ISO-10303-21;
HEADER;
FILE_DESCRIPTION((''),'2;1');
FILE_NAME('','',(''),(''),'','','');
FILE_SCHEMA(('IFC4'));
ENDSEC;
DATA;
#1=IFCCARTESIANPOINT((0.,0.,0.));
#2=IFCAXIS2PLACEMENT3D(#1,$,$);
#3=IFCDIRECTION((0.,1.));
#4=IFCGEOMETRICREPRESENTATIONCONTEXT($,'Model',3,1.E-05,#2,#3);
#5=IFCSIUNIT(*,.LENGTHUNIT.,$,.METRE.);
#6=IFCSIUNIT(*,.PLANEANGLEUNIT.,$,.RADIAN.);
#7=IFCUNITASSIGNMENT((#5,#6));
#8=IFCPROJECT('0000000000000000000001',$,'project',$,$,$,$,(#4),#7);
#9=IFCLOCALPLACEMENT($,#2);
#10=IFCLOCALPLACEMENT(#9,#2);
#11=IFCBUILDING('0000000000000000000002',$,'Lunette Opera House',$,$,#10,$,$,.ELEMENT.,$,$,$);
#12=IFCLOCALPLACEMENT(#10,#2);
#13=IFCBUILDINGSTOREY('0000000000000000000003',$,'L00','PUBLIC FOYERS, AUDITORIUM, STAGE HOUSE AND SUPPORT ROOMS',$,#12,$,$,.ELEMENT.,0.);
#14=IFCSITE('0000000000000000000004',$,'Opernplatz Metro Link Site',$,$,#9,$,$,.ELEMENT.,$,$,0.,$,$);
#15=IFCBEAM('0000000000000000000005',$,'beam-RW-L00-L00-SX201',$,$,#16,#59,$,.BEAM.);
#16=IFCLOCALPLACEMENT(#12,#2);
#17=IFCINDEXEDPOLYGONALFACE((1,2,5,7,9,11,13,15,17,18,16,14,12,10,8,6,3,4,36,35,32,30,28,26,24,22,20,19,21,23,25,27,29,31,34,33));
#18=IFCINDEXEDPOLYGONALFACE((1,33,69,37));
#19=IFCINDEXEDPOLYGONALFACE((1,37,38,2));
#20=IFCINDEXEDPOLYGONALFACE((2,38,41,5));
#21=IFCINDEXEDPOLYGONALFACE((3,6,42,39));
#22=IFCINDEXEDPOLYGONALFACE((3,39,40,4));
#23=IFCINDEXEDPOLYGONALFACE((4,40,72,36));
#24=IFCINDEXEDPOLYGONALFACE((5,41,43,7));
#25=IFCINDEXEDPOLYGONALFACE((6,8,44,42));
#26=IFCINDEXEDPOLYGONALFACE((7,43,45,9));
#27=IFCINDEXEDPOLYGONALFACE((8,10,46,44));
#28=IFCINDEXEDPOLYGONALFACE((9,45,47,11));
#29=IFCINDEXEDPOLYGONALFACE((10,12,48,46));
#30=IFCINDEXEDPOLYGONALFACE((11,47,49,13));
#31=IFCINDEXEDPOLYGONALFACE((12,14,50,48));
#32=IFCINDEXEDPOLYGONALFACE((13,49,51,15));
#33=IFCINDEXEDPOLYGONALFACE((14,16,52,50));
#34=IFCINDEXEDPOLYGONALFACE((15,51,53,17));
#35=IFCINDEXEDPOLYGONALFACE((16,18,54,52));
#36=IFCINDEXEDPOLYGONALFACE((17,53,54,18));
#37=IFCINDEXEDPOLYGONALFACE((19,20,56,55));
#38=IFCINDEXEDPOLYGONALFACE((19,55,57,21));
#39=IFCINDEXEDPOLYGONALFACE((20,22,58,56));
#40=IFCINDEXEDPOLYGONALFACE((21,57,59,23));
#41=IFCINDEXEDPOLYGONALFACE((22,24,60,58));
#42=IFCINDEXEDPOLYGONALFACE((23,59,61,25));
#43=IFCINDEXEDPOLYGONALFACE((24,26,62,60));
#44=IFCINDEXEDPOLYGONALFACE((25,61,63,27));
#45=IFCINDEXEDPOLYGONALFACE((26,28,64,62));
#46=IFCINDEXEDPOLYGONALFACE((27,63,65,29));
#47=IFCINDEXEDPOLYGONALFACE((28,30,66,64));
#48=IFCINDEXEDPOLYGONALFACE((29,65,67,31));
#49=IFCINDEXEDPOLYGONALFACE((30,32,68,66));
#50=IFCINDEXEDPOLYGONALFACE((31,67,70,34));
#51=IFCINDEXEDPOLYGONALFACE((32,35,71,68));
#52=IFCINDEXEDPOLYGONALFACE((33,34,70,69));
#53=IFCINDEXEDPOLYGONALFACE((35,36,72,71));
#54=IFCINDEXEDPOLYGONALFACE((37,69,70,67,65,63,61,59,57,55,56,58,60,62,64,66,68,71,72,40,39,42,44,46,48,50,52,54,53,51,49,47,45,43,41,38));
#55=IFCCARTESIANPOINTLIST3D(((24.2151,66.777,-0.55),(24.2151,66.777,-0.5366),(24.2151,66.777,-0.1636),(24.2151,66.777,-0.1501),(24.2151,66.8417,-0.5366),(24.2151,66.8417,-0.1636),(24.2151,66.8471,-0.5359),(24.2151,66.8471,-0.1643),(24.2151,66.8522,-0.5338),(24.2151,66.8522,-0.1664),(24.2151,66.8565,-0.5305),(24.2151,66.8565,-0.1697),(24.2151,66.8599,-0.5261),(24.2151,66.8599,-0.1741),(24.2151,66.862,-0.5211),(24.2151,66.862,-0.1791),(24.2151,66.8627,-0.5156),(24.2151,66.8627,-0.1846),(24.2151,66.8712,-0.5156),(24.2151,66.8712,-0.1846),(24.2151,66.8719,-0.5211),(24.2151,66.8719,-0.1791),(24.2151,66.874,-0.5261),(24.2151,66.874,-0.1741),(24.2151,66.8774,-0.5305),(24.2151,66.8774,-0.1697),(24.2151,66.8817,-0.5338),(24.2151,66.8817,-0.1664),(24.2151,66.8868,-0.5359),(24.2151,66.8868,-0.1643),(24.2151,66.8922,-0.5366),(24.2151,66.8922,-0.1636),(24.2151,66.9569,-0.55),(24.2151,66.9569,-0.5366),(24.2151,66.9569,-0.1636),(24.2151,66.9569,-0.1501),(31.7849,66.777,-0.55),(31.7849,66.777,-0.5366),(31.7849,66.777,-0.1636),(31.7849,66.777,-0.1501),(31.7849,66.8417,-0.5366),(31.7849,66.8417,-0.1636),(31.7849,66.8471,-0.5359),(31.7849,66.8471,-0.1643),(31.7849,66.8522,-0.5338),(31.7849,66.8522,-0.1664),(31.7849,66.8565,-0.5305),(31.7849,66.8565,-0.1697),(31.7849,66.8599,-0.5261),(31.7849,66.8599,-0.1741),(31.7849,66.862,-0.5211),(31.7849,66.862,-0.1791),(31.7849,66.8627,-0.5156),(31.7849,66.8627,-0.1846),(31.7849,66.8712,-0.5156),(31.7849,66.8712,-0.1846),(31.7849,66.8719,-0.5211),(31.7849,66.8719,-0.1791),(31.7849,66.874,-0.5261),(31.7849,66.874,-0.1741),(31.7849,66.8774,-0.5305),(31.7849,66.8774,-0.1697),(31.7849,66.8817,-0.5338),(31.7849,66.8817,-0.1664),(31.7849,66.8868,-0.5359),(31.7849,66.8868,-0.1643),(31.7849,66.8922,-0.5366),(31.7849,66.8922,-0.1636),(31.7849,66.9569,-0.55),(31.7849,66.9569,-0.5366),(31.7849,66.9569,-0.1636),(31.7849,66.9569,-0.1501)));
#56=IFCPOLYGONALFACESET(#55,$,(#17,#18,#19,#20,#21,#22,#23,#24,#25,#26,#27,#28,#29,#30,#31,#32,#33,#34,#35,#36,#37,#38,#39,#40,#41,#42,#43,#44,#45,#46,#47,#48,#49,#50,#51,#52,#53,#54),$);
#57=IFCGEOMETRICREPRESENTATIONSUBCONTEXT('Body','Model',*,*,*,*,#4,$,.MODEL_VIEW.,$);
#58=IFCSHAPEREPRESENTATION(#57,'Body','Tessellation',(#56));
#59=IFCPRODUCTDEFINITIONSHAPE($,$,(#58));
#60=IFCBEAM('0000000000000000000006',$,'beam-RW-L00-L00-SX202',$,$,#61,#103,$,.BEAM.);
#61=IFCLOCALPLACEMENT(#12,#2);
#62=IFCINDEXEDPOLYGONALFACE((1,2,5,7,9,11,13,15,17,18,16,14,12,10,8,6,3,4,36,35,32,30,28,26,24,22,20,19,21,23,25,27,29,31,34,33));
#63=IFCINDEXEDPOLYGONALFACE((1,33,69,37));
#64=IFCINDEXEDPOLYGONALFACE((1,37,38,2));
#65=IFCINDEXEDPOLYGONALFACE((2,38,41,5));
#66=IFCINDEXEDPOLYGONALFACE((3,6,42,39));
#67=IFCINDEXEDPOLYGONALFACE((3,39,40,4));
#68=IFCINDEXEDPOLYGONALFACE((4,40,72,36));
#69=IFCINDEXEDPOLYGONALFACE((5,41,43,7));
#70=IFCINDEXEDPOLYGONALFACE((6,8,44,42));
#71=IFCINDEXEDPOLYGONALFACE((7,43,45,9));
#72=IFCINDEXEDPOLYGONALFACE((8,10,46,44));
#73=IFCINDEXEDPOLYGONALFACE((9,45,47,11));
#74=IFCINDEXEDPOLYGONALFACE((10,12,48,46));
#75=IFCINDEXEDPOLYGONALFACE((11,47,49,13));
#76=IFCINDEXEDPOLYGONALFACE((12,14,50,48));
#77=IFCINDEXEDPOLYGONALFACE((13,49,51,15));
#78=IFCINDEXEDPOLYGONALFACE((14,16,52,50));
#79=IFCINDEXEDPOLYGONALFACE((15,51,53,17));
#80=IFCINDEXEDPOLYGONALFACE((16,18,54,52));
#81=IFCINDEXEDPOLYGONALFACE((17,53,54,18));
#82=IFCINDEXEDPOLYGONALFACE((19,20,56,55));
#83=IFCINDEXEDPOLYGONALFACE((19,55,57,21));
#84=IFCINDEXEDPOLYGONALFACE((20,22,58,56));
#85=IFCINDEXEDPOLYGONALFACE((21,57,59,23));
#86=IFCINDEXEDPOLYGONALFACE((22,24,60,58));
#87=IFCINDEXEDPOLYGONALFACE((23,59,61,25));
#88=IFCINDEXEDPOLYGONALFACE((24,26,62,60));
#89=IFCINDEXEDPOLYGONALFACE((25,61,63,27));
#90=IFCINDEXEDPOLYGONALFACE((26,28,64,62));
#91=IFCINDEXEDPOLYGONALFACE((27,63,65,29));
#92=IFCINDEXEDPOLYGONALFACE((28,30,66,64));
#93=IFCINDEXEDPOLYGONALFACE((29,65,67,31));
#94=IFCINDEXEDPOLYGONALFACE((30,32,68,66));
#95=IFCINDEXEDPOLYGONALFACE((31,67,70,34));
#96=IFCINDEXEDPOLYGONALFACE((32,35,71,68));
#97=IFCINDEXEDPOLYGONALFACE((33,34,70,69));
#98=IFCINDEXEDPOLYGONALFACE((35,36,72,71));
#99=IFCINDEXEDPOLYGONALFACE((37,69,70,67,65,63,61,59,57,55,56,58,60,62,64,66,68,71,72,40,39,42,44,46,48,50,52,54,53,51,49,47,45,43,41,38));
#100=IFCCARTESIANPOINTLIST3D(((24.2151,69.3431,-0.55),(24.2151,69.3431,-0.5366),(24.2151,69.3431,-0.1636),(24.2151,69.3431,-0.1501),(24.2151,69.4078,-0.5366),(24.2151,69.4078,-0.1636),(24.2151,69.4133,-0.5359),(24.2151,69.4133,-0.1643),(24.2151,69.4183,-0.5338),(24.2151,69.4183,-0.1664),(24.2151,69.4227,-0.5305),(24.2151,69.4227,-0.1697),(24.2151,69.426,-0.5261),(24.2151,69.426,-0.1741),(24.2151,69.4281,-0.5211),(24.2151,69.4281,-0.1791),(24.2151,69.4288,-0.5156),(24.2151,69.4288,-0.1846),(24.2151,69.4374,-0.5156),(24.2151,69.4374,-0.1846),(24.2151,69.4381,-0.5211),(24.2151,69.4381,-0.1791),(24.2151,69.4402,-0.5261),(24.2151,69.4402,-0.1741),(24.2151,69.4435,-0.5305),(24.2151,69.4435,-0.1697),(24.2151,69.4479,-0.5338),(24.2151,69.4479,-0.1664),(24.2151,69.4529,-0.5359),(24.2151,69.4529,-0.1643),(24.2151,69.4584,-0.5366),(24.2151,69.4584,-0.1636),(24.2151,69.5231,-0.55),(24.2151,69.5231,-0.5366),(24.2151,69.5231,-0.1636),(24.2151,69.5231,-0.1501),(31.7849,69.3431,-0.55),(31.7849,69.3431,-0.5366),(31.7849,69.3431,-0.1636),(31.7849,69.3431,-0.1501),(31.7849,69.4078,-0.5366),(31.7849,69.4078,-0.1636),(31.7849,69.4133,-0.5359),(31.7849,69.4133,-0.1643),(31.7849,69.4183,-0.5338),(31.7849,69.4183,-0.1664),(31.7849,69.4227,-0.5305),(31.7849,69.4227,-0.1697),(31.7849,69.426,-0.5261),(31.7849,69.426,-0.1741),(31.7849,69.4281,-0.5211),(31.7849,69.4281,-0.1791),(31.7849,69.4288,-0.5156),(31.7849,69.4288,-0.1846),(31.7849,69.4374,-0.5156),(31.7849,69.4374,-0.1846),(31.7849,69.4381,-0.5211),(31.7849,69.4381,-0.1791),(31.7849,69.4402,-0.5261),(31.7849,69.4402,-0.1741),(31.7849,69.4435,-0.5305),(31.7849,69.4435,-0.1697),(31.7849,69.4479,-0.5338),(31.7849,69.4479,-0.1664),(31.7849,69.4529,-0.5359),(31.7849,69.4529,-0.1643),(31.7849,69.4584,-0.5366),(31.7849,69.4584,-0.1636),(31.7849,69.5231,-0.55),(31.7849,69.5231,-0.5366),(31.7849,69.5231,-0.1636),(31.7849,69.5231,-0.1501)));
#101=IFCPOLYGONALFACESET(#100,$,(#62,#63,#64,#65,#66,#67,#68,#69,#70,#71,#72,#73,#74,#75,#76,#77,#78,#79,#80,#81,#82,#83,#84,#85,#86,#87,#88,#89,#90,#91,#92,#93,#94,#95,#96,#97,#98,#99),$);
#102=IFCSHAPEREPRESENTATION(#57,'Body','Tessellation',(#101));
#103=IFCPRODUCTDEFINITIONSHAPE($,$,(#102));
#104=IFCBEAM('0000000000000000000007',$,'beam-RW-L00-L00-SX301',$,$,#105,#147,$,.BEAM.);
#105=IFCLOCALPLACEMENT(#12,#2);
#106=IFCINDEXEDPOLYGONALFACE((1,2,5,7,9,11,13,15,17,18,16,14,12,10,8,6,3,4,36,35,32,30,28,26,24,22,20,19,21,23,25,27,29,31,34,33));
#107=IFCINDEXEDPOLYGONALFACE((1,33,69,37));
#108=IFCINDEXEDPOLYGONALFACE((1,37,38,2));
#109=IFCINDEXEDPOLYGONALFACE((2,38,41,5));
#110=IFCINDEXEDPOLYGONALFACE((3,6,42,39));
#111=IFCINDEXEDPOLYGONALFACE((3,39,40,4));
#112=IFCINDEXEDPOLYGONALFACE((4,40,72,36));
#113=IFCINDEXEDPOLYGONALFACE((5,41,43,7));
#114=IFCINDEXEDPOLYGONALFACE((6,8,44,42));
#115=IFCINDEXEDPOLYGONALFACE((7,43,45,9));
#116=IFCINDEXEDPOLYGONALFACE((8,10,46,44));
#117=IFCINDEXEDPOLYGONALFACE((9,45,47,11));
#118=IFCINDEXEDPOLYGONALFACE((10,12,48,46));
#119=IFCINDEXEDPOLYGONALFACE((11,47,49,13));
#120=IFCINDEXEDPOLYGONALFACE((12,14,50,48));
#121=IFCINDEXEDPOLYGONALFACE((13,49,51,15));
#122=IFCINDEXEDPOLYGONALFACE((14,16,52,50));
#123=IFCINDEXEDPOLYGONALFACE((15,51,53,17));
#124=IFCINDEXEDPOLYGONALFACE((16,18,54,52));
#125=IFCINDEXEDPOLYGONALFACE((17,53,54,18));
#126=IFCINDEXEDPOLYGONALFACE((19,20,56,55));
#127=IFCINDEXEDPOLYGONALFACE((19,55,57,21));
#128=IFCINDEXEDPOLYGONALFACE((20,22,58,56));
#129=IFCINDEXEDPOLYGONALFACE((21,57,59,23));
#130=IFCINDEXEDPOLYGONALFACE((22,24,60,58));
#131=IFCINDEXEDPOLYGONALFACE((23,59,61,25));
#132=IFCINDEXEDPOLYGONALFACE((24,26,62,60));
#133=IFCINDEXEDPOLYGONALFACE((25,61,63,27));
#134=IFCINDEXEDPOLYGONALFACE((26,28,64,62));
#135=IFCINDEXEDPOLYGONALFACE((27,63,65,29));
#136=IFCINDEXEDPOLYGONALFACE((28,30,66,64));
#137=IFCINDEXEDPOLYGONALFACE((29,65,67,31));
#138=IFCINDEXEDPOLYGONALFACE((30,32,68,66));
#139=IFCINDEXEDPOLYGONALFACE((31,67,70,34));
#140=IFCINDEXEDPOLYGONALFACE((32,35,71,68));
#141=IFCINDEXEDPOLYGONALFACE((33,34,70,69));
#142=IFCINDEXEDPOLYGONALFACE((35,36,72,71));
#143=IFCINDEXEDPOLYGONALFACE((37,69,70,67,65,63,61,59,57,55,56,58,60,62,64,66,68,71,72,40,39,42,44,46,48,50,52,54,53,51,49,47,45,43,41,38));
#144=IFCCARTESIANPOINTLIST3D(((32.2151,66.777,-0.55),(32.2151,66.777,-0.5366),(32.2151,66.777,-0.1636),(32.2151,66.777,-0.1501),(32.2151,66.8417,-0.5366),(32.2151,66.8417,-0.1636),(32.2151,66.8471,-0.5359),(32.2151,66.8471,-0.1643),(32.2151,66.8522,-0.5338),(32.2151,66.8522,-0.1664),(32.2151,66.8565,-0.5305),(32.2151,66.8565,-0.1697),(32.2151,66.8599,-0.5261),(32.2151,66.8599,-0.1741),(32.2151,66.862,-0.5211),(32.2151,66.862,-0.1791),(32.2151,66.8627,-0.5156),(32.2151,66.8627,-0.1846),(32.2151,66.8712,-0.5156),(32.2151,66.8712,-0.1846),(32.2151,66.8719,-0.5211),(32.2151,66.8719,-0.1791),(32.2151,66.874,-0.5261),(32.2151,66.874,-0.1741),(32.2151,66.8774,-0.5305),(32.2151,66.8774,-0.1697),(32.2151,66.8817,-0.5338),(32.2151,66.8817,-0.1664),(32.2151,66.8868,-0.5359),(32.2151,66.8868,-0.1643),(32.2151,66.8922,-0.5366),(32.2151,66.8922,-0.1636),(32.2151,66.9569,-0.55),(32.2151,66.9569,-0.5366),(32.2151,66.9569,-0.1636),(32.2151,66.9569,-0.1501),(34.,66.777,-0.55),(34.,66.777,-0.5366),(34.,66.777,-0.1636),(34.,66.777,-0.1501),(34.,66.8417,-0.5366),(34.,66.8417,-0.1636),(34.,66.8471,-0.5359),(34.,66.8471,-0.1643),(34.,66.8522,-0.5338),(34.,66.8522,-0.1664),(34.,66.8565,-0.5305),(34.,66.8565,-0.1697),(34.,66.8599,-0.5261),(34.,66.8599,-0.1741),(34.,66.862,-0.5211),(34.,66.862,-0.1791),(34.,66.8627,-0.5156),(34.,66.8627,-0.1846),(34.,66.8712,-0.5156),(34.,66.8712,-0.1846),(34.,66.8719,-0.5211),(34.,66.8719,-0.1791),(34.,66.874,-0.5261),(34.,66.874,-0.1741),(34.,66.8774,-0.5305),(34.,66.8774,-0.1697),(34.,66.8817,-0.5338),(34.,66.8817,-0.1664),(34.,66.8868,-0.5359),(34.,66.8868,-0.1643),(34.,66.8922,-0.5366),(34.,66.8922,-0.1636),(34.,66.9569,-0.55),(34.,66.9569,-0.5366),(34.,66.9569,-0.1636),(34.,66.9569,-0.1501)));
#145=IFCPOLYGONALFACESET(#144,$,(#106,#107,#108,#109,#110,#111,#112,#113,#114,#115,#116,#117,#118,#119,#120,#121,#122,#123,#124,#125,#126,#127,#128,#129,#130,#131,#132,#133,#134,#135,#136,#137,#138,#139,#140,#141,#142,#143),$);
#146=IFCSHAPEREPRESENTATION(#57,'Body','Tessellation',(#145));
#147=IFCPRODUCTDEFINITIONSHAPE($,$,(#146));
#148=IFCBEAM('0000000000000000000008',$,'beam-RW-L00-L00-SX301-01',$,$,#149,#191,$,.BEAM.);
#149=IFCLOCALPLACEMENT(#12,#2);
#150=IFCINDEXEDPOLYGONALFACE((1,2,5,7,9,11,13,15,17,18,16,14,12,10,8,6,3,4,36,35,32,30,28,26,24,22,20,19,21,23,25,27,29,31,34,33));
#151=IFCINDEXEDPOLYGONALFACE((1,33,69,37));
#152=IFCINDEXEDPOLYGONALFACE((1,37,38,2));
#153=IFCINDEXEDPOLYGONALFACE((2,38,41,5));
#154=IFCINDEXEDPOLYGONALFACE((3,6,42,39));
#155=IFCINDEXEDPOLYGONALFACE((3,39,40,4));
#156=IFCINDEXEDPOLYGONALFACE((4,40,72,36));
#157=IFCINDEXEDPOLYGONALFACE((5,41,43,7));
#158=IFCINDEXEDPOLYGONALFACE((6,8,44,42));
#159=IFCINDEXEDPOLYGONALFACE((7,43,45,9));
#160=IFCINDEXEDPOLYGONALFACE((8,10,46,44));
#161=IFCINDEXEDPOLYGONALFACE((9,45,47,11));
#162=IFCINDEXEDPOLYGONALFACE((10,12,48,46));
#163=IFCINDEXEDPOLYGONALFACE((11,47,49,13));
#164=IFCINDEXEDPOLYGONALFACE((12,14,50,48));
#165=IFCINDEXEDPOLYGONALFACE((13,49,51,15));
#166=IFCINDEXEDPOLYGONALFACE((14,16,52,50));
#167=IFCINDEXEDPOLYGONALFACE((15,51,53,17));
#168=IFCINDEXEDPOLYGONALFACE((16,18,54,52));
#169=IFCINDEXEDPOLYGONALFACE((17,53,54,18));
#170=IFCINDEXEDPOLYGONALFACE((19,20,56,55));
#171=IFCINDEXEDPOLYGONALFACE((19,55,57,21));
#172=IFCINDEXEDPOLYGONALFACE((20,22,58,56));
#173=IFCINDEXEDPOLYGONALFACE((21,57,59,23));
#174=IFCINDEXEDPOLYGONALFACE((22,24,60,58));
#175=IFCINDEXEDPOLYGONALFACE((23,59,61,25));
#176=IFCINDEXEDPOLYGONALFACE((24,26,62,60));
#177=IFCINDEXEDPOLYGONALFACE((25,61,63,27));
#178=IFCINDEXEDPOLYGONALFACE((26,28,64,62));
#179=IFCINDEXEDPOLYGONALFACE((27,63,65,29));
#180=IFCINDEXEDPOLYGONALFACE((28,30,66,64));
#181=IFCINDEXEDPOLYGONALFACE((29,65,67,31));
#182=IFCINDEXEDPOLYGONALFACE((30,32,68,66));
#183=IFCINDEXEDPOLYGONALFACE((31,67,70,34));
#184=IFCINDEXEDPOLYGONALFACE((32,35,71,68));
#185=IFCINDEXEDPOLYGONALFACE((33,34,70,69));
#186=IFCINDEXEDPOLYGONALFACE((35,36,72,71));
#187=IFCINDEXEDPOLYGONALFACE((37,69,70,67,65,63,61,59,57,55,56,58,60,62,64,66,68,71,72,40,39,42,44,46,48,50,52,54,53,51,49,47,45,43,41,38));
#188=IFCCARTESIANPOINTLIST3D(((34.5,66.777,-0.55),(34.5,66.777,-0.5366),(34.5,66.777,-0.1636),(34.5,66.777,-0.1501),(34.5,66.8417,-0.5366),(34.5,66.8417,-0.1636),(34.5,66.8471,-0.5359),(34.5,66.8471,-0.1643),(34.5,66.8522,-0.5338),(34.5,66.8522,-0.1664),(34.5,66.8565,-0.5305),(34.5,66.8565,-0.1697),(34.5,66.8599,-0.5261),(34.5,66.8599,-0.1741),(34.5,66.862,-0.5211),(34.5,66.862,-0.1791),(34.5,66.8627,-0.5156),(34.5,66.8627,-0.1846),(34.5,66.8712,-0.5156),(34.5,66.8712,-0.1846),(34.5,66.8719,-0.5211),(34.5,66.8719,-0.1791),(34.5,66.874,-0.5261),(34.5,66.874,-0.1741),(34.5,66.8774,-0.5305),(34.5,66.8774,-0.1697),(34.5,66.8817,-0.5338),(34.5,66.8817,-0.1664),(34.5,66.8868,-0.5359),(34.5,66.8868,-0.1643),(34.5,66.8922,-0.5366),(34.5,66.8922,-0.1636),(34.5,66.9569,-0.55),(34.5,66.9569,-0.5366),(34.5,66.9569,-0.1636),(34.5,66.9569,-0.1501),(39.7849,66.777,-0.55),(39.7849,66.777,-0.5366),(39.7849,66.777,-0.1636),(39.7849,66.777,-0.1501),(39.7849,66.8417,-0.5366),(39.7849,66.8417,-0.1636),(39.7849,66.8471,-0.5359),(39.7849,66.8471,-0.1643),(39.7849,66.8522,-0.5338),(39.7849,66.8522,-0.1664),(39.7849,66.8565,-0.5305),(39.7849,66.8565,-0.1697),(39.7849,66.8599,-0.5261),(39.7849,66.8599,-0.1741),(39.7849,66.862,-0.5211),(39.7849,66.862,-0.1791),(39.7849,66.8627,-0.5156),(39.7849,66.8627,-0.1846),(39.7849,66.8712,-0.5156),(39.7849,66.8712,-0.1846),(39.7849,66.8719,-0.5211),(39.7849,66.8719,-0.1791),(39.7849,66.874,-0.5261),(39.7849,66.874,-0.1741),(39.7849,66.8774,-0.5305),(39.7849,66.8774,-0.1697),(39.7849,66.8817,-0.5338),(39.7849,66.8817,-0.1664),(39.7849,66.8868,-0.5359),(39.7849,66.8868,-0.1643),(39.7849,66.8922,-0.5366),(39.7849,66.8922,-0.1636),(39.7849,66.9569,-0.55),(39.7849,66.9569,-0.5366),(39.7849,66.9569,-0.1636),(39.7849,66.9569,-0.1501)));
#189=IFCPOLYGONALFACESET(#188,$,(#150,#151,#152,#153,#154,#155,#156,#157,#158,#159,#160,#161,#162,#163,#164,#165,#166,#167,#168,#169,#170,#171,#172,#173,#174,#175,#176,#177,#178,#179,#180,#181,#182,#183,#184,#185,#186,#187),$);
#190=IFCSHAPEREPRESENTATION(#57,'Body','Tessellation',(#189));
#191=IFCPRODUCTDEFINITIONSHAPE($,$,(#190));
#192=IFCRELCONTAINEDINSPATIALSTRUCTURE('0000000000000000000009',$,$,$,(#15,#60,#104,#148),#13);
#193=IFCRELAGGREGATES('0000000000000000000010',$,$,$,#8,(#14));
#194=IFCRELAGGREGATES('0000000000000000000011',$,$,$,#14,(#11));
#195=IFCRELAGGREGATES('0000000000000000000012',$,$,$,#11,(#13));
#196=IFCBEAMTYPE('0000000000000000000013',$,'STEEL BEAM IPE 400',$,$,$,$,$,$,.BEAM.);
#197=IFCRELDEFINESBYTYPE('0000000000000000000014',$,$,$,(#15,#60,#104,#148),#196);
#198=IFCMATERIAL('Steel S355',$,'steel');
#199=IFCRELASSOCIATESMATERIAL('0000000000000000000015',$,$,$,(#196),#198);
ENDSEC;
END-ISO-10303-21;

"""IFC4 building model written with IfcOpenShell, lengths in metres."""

from ifc_helpers import new_model, si_unit, direction, frame, origin, origin_2d, place, context, subcontext, project, spatial, i_section, extrude, material, material_profile, profile_set, type_object, element, save


model = new_model("IFC4")

# Units and contexts
model_context = context("Model", 3, precision=1e-05, world=origin(), true_north=direction((0.0, 1.0)))
body_context = subcontext(model_context, "Body", "Model", "MODEL_VIEW")
ifc_project = project(units=[si_unit("LENGTHUNIT", "METRE"), si_unit("PLANEANGLEUNIT", "RADIAN")], contexts=[model_context])

# Site, building, storey
site_placement = place(None, origin())
site = spatial("IfcSite", under=ifc_project, at=site_placement, Name="Opernplatz Metro Link Site", CompositionType="ELEMENT", RefElevation=0.0)
building_placement = place(site_placement, origin())
building = spatial("IfcBuilding", under=site, at=building_placement, Name="Lunette Opera House", CompositionType="ELEMENT")
storey_placement = place(building_placement, origin())
storey = spatial("IfcBuildingStorey", under=building, at=storey_placement, Name="L00", Description="PUBLIC FOYERS, AUDITORIUM, STAGE HOUSE AND SUPPORT ROOMS", CompositionType="ELEMENT", Elevation=0.0)

# Beams
ifc_material_1 = material(Name="Steel S355", Category="steel")
ifc_material_profile_1 = material_profile(ifc_material_1, i_section(OverallWidth=0.1799, OverallDepth=0.3999, WebThickness=0.0085, FlangeThickness=0.0134, FilletRadius=0.021, at=origin_2d()), Name="IPE 400")
ifc_profile_set_1 = profile_set([ifc_material_profile_1], Name="Steel S355")
beam_type_1 = type_object("IfcBeamType", Name="STEEL BEAM IPE 400", PredefinedType="BEAM", material=ifc_profile_set_1)
for number, where, z_axis, x_axis, name in (
    (1, (24.2151, 66.8669, -0.3501), (1.0, 0.0, 0.0), (0.0, 1.0, 0.0), "beam-RW-L00-L00-SX201"),
    (2, (24.2151, 69.4331, -0.3501), (1.0, 0.0, 0.0), (0.0, 1.0, 0.0), "beam-RW-L00-L00-SX202"),
):
    element("IfcBeam", number, at=place(storey_placement, frame(where, z_axis=z_axis, x_axis=x_axis)), inside=storey, type_object=beam_type_1, Name=name, PredefinedType="BEAM", context=body_context, shape_type="SweptSolid", body=[
        extrude(i_section(OverallWidth=0.1799, OverallDepth=0.3999, WebThickness=0.0085, FlangeThickness=0.0134, FilletRadius=0.021, at=origin_2d()), origin(), (0.0, 0.0, 1.0), 7.5698),
    ])
beam_1_placement = place(storey_placement, frame((32.2151, 66.8669, -0.3501), z_axis=(1.0, 0.0, 0.0), x_axis=(0.0, 1.0, 0.0)))
element("IfcBeam", 3, at=beam_1_placement, inside=storey, type_object=beam_type_1, Name="beam-RW-L00-L00-SX301", PredefinedType="BEAM", context=body_context, shape_type="SweptSolid", body=[
    extrude(i_section(OverallWidth=0.1799, OverallDepth=0.3999, WebThickness=0.0085, FlangeThickness=0.0134, FilletRadius=0.021, at=origin_2d()), origin(), (0.0, 0.0, 1.0), 1.7849),
])
beam_2_placement = place(storey_placement, frame((34.5, 66.8669, -0.3501), z_axis=(1.0, 0.0, 0.0), x_axis=(0.0, 1.0, 0.0)))
element("IfcBeam", 4, at=beam_2_placement, inside=storey, type_object=beam_type_1, Name="beam-RW-L00-L00-SX301-01", PredefinedType="BEAM", context=body_context, shape_type="SweptSolid", body=[
    extrude(i_section(OverallWidth=0.1799, OverallDepth=0.3999, WebThickness=0.0085, FlangeThickness=0.0134, FilletRadius=0.021, at=origin_2d()), origin(), (0.0, 0.0, 1.0), 5.2849),
])

save(model, "model.ifc")
